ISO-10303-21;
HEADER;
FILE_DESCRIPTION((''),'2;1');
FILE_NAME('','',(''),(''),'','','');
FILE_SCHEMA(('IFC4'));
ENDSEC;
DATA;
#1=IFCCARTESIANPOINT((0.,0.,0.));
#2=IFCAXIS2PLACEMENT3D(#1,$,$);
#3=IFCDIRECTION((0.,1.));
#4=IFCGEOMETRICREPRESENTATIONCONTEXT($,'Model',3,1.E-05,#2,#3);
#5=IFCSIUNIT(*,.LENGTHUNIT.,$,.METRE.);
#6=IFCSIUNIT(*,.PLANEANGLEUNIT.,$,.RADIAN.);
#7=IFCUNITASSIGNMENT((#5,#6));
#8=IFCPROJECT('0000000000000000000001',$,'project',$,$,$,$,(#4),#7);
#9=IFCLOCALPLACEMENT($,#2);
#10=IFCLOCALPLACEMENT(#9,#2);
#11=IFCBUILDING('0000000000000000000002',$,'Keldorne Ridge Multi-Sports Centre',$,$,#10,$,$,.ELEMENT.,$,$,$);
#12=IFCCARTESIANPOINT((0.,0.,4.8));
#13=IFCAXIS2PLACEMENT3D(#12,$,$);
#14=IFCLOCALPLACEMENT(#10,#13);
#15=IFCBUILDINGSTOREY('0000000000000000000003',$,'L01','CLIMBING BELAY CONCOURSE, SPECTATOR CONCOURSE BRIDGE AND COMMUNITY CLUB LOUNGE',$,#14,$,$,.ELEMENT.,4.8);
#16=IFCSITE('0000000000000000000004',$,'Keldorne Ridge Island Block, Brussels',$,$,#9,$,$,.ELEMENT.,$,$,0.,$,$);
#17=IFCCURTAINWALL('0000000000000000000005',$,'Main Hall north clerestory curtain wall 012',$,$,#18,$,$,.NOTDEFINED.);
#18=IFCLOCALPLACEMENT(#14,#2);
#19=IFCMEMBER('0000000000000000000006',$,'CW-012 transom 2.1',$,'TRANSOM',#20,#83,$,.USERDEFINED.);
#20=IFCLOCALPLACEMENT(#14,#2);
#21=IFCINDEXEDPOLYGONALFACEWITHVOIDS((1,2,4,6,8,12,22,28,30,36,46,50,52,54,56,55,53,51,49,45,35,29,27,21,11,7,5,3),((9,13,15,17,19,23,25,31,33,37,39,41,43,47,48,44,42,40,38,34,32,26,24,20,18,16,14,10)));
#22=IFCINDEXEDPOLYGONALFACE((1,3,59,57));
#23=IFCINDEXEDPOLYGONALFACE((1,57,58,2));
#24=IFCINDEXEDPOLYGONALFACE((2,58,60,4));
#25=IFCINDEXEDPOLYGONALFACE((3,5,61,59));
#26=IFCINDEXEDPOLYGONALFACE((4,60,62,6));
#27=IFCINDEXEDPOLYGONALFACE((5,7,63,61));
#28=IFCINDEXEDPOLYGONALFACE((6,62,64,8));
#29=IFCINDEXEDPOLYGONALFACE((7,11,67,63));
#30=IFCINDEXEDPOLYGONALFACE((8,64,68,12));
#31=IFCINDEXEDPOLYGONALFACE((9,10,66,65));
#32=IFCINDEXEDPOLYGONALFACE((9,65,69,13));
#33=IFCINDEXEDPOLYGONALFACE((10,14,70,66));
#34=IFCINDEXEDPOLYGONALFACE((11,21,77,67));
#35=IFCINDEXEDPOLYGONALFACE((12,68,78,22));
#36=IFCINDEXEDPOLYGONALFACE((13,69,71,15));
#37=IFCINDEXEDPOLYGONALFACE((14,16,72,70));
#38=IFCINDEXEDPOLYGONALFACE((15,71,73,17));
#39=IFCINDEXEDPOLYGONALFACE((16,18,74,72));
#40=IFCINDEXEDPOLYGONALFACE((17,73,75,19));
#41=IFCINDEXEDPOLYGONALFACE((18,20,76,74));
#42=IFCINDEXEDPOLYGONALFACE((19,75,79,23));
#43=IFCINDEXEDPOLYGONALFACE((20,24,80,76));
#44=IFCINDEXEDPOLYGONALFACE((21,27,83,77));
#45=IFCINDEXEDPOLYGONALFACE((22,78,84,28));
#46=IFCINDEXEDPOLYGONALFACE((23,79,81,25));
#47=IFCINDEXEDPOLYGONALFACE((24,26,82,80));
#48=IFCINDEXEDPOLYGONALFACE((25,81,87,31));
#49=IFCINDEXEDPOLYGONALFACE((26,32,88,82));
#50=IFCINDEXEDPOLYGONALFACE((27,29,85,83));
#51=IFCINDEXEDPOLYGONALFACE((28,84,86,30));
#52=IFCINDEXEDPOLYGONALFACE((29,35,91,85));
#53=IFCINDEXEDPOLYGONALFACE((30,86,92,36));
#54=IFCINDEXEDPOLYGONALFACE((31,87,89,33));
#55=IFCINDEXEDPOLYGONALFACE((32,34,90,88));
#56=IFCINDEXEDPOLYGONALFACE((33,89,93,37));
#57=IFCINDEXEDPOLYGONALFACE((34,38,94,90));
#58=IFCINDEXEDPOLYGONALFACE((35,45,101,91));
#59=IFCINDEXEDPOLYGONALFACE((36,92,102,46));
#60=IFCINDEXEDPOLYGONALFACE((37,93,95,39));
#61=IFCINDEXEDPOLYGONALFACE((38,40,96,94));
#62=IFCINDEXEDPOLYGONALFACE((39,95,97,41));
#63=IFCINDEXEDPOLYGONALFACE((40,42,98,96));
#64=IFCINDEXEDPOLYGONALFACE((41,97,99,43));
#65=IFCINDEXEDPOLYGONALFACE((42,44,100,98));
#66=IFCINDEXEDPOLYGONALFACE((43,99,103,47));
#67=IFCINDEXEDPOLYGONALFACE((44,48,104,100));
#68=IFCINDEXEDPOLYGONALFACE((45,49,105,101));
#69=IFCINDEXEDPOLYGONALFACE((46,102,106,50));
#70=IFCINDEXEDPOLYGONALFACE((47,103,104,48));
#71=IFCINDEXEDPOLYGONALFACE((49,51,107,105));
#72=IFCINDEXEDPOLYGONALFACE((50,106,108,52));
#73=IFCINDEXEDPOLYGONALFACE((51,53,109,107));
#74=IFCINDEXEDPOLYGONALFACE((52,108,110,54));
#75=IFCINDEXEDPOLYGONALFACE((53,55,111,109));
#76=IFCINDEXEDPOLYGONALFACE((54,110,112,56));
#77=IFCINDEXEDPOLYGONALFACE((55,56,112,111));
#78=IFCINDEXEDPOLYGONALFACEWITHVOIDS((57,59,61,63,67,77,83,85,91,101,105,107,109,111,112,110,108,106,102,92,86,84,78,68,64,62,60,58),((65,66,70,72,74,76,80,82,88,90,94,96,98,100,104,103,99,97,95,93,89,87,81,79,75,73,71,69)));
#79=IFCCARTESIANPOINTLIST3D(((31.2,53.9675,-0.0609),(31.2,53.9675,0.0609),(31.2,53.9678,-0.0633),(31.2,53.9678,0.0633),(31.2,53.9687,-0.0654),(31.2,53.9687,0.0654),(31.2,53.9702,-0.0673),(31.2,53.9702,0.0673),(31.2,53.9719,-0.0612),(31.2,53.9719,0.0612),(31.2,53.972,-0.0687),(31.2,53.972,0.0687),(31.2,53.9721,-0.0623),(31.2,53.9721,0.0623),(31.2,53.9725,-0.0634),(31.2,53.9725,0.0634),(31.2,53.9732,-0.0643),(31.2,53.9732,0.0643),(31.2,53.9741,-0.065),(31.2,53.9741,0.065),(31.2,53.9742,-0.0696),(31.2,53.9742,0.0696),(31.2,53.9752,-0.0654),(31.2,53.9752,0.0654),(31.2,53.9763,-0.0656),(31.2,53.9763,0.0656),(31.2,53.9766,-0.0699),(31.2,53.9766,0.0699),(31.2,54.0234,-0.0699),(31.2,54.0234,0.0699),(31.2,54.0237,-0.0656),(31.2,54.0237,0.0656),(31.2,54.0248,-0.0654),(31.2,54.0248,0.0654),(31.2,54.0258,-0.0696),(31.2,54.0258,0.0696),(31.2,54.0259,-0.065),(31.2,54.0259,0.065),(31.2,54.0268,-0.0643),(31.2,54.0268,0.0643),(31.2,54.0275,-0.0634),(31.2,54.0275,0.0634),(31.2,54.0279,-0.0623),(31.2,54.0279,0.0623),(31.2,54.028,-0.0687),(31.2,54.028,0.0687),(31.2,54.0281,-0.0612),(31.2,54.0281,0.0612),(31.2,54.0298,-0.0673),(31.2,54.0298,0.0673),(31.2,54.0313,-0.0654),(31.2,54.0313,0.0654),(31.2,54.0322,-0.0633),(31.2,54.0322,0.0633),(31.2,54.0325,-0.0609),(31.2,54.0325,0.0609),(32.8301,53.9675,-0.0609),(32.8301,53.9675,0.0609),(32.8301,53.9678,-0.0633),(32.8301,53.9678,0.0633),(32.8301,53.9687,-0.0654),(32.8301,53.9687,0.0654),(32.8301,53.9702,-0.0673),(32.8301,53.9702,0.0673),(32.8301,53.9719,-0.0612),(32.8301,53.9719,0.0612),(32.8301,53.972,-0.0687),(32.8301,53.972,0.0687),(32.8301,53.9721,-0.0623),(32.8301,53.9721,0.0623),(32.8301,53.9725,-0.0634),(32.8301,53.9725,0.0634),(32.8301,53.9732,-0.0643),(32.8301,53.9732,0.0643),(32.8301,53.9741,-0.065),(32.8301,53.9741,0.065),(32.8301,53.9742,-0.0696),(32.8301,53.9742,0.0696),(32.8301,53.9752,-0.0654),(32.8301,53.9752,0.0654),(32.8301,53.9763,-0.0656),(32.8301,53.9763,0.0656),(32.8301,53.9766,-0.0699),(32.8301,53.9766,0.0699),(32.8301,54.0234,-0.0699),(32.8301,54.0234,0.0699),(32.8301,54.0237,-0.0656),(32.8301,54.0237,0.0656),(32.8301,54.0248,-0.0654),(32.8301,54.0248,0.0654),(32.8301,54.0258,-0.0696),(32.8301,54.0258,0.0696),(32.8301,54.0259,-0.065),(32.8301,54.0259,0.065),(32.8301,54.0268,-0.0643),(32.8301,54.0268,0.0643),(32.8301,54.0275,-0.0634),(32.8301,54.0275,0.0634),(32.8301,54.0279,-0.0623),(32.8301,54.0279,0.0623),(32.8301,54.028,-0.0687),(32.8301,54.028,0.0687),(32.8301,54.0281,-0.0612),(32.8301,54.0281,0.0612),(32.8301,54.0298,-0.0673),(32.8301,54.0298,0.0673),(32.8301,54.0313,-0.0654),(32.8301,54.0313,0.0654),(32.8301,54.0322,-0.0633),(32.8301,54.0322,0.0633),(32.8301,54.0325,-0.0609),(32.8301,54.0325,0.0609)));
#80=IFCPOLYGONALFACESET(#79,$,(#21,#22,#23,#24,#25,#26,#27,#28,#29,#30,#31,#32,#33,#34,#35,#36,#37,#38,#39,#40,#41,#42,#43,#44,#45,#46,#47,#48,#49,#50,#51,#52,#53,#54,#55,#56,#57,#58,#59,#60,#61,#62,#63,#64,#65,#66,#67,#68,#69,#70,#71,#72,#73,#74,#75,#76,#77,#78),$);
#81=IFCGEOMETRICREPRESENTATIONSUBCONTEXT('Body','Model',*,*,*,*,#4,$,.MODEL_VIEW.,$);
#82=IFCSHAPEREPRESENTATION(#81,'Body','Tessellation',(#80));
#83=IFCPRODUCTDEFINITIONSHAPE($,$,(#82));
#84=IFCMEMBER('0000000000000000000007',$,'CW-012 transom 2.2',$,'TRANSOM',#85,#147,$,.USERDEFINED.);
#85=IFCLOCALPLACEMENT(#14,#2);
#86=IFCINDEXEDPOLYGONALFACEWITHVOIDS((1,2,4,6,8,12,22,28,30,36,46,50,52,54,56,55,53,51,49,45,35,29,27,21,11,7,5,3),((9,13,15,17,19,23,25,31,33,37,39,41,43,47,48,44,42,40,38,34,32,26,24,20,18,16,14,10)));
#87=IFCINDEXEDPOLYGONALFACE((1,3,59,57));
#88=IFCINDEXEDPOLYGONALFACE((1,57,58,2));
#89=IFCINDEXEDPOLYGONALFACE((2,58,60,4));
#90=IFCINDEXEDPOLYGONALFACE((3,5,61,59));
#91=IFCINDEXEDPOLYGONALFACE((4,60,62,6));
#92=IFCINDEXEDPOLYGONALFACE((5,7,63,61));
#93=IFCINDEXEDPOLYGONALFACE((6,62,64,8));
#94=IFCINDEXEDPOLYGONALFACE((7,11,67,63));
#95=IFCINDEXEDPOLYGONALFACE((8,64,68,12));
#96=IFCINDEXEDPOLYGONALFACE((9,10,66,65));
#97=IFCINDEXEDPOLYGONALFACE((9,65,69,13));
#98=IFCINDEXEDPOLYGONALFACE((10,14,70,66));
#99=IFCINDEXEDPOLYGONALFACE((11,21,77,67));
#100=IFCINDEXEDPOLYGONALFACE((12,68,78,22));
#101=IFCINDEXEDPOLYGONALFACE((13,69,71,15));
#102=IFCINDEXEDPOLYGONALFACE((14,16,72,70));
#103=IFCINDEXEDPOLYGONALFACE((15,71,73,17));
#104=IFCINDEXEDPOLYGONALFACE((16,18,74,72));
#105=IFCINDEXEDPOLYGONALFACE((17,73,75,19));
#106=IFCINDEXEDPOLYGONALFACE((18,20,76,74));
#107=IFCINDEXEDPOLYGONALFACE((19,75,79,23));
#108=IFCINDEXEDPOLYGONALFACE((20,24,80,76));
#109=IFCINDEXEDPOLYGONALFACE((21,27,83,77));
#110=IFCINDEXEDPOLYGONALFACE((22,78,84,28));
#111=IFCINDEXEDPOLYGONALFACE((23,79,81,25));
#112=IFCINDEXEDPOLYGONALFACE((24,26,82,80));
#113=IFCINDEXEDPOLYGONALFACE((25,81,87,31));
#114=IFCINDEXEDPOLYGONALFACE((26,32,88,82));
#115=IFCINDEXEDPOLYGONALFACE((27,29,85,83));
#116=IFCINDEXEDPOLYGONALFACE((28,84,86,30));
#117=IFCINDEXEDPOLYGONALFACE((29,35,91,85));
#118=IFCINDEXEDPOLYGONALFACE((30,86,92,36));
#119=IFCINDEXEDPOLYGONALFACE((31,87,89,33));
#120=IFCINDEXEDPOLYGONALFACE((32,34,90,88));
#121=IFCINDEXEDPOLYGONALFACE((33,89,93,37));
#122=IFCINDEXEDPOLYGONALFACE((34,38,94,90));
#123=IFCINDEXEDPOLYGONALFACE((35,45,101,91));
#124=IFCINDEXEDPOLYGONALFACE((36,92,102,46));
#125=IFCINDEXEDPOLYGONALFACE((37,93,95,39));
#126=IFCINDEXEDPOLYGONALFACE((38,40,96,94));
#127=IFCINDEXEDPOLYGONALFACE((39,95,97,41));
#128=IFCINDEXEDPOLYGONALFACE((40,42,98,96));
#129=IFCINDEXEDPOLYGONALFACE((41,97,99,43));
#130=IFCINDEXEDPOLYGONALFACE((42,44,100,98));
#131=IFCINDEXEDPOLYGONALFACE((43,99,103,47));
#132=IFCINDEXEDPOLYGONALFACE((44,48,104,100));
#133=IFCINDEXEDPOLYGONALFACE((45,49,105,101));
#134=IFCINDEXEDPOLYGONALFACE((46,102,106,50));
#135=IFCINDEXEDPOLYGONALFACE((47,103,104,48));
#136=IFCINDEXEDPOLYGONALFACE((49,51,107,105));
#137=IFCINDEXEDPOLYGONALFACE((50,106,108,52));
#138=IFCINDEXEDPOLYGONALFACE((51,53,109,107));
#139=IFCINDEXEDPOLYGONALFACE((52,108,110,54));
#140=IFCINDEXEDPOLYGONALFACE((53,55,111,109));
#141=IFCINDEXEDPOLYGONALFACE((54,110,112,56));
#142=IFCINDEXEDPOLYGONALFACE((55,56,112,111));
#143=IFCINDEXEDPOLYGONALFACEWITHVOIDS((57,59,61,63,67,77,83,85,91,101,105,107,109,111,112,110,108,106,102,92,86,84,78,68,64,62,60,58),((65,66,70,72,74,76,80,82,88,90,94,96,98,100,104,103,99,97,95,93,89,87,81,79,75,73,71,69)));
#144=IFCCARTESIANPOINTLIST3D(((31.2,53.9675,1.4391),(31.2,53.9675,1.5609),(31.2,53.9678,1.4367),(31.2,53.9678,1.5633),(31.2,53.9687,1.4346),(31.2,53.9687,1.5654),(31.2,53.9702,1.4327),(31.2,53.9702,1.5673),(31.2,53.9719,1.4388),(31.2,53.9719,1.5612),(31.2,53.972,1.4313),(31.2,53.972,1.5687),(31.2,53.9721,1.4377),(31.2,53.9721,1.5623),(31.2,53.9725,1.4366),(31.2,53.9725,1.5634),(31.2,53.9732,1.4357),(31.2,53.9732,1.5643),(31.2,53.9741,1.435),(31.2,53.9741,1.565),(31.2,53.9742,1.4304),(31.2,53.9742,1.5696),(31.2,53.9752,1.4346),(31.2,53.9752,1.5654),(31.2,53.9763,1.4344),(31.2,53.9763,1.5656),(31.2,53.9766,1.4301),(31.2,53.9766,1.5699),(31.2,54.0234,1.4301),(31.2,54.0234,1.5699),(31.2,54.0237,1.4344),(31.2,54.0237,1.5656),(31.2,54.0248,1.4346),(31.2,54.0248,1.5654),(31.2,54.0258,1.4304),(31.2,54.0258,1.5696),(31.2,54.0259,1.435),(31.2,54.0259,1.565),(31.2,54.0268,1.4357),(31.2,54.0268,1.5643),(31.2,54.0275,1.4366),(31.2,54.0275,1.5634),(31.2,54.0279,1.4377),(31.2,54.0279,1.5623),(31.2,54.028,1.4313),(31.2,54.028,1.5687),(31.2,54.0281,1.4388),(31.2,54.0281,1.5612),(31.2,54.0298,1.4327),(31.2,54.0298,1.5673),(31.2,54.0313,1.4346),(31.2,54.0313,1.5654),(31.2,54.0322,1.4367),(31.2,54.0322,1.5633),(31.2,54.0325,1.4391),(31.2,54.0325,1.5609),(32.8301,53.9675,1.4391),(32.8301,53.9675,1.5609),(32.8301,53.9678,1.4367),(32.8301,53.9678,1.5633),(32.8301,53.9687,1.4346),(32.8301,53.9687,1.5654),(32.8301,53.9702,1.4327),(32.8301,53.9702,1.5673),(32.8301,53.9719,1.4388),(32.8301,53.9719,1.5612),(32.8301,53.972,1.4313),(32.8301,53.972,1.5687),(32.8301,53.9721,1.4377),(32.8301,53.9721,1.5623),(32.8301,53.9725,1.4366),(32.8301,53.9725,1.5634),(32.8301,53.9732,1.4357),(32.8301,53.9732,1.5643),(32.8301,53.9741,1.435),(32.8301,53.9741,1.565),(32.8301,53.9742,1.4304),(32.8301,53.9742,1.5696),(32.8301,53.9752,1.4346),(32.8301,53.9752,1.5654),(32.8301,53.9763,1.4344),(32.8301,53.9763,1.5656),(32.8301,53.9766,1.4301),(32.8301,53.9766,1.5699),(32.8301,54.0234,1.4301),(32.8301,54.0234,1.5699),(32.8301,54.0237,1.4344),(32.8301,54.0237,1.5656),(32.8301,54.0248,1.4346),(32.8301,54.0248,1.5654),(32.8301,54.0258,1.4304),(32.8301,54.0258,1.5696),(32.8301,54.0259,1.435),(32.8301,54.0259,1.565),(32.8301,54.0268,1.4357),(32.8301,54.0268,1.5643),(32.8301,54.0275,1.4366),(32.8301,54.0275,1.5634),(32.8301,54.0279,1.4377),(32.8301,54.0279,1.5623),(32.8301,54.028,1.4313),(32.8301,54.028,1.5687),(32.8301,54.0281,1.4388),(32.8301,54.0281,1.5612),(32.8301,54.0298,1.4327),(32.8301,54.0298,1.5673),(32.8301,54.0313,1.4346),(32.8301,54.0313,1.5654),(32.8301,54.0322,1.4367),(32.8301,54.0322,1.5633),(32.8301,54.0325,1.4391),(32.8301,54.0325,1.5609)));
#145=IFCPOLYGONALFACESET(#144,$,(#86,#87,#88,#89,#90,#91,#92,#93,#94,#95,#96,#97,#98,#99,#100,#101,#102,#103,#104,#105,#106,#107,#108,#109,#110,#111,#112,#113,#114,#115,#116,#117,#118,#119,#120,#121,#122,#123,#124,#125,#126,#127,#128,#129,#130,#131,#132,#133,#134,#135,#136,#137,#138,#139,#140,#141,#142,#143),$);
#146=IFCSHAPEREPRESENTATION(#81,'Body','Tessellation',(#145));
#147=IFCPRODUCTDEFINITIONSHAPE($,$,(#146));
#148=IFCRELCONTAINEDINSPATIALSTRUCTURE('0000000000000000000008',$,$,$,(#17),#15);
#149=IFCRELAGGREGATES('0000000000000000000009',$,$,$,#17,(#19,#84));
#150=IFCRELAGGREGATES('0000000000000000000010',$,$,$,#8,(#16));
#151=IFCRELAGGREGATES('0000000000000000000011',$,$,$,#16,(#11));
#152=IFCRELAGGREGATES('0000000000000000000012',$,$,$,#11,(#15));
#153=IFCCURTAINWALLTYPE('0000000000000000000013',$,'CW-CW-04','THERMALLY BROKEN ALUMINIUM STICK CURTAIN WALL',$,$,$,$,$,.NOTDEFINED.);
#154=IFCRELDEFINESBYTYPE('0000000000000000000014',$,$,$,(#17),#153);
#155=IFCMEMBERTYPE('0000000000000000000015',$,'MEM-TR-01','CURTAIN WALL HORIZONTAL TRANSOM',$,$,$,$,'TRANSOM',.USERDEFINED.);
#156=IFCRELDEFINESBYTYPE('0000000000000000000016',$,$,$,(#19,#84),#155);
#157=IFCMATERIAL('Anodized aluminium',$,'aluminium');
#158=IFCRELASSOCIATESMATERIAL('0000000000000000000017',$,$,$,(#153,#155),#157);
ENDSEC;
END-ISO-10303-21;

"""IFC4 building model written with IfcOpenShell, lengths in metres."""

from ifc_helpers import new_model, si_unit, direction, frame, origin, origin_2d, place, context, subcontext, project, spatial, hollow_rectangle, extrude, material, material_profile, profile_set, type_object, element, aggregate, save


model = new_model("IFC4")

# Units and contexts
model_context = context("Model", 3, precision=1e-05, world=origin(), true_north=direction((0.0, 1.0)))
body_context = subcontext(model_context, "Body", "Model", "MODEL_VIEW")
ifc_project = project(units=[si_unit("LENGTHUNIT", "METRE"), si_unit("PLANEANGLEUNIT", "RADIAN")], contexts=[model_context])

# Site, building, storey
site_placement = place(None, origin())
site = spatial("IfcSite", under=ifc_project, at=site_placement, Name="Keldorne Ridge Island Block, Brussels", CompositionType="ELEMENT", RefElevation=0.0)
building_placement = place(site_placement, origin())
building = spatial("IfcBuilding", under=site, at=building_placement, Name="Keldorne Ridge Multi-Sports Centre", CompositionType="ELEMENT")
storey_placement = place(building_placement, frame((0.0, 0.0, 4.8)))
storey = spatial("IfcBuildingStorey", under=building, at=storey_placement, Name="L01", Description="CLIMBING BELAY CONCOURSE, SPECTATOR CONCOURSE BRIDGE AND COMMUNITY CLUB LOUNGE", CompositionType="ELEMENT", Elevation=4.8)

# Curtain wall
ifc_material_1 = material(Name="Anodized aluminium", Category="aluminium")
curtain_wall_type_1 = type_object("IfcCurtainWallType", Name="CW-CW-04", Description="THERMALLY BROKEN ALUMINIUM STICK CURTAIN WALL", PredefinedType="NOTDEFINED", material=ifc_material_1)
curtain_wall_1_placement = place(storey_placement, origin())
curtain_wall_1 = element("IfcCurtainWall", 1, at=curtain_wall_1_placement, inside=storey, type_object=curtain_wall_type_1, Name="Main Hall north clerestory curtain wall 012", PredefinedType="NOTDEFINED")

# Members
ifc_material_profile_1 = material_profile(ifc_material_1, hollow_rectangle(XDim=0.0649, YDim=0.1399, WallThickness=0.0044, InnerFilletRadius=0.0044, OuterFilletRadius=0.009, at=origin_2d()), Name="ALU TRANSOM 140x65x4.5")
ifc_profile_set_1 = profile_set([ifc_material_profile_1], Name="Anodized aluminium")
member_type_1 = type_object("IfcMemberType", Name="MEM-TR-01", Description="CURTAIN WALL HORIZONTAL TRANSOM", ElementType="TRANSOM", PredefinedType="USERDEFINED", material=ifc_profile_set_1)
member_1_placement = place(storey_placement, frame((32.8301, 54.0, 0.0), z_axis=(-1.0, 0.0, 0.0), x_axis=(0.0, -1.0, 0.0)))
member_1 = element("IfcMember", 2, at=member_1_placement, type_object=member_type_1, Name="CW-012 transom 2.1", ObjectType="TRANSOM", PredefinedType="USERDEFINED", context=body_context, shape_type="SweptSolid", body=[
    extrude(hollow_rectangle(XDim=0.0649, YDim=0.1399, WallThickness=0.0044, InnerFilletRadius=0.0044, OuterFilletRadius=0.009, at=origin_2d()), origin(), (0.0, 0.0, 1.0), 1.6301),
])
member_2_placement = place(storey_placement, frame((32.8301, 54.0, 1.5), z_axis=(-1.0, 0.0, 0.0), x_axis=(0.0, -1.0, 0.0)))
member_2 = element("IfcMember", 3, at=member_2_placement, type_object=member_type_1, Name="CW-012 transom 2.2", ObjectType="TRANSOM", PredefinedType="USERDEFINED", context=body_context, shape_type="SweptSolid", body=[
    extrude(hollow_rectangle(XDim=0.0649, YDim=0.1399, WallThickness=0.0044, InnerFilletRadius=0.0044, OuterFilletRadius=0.009, at=origin_2d()), origin(), (0.0, 0.0, 1.0), 1.6301),
])

aggregate(curtain_wall_1, [member_1, member_2])

save(model, "model.ifc")
